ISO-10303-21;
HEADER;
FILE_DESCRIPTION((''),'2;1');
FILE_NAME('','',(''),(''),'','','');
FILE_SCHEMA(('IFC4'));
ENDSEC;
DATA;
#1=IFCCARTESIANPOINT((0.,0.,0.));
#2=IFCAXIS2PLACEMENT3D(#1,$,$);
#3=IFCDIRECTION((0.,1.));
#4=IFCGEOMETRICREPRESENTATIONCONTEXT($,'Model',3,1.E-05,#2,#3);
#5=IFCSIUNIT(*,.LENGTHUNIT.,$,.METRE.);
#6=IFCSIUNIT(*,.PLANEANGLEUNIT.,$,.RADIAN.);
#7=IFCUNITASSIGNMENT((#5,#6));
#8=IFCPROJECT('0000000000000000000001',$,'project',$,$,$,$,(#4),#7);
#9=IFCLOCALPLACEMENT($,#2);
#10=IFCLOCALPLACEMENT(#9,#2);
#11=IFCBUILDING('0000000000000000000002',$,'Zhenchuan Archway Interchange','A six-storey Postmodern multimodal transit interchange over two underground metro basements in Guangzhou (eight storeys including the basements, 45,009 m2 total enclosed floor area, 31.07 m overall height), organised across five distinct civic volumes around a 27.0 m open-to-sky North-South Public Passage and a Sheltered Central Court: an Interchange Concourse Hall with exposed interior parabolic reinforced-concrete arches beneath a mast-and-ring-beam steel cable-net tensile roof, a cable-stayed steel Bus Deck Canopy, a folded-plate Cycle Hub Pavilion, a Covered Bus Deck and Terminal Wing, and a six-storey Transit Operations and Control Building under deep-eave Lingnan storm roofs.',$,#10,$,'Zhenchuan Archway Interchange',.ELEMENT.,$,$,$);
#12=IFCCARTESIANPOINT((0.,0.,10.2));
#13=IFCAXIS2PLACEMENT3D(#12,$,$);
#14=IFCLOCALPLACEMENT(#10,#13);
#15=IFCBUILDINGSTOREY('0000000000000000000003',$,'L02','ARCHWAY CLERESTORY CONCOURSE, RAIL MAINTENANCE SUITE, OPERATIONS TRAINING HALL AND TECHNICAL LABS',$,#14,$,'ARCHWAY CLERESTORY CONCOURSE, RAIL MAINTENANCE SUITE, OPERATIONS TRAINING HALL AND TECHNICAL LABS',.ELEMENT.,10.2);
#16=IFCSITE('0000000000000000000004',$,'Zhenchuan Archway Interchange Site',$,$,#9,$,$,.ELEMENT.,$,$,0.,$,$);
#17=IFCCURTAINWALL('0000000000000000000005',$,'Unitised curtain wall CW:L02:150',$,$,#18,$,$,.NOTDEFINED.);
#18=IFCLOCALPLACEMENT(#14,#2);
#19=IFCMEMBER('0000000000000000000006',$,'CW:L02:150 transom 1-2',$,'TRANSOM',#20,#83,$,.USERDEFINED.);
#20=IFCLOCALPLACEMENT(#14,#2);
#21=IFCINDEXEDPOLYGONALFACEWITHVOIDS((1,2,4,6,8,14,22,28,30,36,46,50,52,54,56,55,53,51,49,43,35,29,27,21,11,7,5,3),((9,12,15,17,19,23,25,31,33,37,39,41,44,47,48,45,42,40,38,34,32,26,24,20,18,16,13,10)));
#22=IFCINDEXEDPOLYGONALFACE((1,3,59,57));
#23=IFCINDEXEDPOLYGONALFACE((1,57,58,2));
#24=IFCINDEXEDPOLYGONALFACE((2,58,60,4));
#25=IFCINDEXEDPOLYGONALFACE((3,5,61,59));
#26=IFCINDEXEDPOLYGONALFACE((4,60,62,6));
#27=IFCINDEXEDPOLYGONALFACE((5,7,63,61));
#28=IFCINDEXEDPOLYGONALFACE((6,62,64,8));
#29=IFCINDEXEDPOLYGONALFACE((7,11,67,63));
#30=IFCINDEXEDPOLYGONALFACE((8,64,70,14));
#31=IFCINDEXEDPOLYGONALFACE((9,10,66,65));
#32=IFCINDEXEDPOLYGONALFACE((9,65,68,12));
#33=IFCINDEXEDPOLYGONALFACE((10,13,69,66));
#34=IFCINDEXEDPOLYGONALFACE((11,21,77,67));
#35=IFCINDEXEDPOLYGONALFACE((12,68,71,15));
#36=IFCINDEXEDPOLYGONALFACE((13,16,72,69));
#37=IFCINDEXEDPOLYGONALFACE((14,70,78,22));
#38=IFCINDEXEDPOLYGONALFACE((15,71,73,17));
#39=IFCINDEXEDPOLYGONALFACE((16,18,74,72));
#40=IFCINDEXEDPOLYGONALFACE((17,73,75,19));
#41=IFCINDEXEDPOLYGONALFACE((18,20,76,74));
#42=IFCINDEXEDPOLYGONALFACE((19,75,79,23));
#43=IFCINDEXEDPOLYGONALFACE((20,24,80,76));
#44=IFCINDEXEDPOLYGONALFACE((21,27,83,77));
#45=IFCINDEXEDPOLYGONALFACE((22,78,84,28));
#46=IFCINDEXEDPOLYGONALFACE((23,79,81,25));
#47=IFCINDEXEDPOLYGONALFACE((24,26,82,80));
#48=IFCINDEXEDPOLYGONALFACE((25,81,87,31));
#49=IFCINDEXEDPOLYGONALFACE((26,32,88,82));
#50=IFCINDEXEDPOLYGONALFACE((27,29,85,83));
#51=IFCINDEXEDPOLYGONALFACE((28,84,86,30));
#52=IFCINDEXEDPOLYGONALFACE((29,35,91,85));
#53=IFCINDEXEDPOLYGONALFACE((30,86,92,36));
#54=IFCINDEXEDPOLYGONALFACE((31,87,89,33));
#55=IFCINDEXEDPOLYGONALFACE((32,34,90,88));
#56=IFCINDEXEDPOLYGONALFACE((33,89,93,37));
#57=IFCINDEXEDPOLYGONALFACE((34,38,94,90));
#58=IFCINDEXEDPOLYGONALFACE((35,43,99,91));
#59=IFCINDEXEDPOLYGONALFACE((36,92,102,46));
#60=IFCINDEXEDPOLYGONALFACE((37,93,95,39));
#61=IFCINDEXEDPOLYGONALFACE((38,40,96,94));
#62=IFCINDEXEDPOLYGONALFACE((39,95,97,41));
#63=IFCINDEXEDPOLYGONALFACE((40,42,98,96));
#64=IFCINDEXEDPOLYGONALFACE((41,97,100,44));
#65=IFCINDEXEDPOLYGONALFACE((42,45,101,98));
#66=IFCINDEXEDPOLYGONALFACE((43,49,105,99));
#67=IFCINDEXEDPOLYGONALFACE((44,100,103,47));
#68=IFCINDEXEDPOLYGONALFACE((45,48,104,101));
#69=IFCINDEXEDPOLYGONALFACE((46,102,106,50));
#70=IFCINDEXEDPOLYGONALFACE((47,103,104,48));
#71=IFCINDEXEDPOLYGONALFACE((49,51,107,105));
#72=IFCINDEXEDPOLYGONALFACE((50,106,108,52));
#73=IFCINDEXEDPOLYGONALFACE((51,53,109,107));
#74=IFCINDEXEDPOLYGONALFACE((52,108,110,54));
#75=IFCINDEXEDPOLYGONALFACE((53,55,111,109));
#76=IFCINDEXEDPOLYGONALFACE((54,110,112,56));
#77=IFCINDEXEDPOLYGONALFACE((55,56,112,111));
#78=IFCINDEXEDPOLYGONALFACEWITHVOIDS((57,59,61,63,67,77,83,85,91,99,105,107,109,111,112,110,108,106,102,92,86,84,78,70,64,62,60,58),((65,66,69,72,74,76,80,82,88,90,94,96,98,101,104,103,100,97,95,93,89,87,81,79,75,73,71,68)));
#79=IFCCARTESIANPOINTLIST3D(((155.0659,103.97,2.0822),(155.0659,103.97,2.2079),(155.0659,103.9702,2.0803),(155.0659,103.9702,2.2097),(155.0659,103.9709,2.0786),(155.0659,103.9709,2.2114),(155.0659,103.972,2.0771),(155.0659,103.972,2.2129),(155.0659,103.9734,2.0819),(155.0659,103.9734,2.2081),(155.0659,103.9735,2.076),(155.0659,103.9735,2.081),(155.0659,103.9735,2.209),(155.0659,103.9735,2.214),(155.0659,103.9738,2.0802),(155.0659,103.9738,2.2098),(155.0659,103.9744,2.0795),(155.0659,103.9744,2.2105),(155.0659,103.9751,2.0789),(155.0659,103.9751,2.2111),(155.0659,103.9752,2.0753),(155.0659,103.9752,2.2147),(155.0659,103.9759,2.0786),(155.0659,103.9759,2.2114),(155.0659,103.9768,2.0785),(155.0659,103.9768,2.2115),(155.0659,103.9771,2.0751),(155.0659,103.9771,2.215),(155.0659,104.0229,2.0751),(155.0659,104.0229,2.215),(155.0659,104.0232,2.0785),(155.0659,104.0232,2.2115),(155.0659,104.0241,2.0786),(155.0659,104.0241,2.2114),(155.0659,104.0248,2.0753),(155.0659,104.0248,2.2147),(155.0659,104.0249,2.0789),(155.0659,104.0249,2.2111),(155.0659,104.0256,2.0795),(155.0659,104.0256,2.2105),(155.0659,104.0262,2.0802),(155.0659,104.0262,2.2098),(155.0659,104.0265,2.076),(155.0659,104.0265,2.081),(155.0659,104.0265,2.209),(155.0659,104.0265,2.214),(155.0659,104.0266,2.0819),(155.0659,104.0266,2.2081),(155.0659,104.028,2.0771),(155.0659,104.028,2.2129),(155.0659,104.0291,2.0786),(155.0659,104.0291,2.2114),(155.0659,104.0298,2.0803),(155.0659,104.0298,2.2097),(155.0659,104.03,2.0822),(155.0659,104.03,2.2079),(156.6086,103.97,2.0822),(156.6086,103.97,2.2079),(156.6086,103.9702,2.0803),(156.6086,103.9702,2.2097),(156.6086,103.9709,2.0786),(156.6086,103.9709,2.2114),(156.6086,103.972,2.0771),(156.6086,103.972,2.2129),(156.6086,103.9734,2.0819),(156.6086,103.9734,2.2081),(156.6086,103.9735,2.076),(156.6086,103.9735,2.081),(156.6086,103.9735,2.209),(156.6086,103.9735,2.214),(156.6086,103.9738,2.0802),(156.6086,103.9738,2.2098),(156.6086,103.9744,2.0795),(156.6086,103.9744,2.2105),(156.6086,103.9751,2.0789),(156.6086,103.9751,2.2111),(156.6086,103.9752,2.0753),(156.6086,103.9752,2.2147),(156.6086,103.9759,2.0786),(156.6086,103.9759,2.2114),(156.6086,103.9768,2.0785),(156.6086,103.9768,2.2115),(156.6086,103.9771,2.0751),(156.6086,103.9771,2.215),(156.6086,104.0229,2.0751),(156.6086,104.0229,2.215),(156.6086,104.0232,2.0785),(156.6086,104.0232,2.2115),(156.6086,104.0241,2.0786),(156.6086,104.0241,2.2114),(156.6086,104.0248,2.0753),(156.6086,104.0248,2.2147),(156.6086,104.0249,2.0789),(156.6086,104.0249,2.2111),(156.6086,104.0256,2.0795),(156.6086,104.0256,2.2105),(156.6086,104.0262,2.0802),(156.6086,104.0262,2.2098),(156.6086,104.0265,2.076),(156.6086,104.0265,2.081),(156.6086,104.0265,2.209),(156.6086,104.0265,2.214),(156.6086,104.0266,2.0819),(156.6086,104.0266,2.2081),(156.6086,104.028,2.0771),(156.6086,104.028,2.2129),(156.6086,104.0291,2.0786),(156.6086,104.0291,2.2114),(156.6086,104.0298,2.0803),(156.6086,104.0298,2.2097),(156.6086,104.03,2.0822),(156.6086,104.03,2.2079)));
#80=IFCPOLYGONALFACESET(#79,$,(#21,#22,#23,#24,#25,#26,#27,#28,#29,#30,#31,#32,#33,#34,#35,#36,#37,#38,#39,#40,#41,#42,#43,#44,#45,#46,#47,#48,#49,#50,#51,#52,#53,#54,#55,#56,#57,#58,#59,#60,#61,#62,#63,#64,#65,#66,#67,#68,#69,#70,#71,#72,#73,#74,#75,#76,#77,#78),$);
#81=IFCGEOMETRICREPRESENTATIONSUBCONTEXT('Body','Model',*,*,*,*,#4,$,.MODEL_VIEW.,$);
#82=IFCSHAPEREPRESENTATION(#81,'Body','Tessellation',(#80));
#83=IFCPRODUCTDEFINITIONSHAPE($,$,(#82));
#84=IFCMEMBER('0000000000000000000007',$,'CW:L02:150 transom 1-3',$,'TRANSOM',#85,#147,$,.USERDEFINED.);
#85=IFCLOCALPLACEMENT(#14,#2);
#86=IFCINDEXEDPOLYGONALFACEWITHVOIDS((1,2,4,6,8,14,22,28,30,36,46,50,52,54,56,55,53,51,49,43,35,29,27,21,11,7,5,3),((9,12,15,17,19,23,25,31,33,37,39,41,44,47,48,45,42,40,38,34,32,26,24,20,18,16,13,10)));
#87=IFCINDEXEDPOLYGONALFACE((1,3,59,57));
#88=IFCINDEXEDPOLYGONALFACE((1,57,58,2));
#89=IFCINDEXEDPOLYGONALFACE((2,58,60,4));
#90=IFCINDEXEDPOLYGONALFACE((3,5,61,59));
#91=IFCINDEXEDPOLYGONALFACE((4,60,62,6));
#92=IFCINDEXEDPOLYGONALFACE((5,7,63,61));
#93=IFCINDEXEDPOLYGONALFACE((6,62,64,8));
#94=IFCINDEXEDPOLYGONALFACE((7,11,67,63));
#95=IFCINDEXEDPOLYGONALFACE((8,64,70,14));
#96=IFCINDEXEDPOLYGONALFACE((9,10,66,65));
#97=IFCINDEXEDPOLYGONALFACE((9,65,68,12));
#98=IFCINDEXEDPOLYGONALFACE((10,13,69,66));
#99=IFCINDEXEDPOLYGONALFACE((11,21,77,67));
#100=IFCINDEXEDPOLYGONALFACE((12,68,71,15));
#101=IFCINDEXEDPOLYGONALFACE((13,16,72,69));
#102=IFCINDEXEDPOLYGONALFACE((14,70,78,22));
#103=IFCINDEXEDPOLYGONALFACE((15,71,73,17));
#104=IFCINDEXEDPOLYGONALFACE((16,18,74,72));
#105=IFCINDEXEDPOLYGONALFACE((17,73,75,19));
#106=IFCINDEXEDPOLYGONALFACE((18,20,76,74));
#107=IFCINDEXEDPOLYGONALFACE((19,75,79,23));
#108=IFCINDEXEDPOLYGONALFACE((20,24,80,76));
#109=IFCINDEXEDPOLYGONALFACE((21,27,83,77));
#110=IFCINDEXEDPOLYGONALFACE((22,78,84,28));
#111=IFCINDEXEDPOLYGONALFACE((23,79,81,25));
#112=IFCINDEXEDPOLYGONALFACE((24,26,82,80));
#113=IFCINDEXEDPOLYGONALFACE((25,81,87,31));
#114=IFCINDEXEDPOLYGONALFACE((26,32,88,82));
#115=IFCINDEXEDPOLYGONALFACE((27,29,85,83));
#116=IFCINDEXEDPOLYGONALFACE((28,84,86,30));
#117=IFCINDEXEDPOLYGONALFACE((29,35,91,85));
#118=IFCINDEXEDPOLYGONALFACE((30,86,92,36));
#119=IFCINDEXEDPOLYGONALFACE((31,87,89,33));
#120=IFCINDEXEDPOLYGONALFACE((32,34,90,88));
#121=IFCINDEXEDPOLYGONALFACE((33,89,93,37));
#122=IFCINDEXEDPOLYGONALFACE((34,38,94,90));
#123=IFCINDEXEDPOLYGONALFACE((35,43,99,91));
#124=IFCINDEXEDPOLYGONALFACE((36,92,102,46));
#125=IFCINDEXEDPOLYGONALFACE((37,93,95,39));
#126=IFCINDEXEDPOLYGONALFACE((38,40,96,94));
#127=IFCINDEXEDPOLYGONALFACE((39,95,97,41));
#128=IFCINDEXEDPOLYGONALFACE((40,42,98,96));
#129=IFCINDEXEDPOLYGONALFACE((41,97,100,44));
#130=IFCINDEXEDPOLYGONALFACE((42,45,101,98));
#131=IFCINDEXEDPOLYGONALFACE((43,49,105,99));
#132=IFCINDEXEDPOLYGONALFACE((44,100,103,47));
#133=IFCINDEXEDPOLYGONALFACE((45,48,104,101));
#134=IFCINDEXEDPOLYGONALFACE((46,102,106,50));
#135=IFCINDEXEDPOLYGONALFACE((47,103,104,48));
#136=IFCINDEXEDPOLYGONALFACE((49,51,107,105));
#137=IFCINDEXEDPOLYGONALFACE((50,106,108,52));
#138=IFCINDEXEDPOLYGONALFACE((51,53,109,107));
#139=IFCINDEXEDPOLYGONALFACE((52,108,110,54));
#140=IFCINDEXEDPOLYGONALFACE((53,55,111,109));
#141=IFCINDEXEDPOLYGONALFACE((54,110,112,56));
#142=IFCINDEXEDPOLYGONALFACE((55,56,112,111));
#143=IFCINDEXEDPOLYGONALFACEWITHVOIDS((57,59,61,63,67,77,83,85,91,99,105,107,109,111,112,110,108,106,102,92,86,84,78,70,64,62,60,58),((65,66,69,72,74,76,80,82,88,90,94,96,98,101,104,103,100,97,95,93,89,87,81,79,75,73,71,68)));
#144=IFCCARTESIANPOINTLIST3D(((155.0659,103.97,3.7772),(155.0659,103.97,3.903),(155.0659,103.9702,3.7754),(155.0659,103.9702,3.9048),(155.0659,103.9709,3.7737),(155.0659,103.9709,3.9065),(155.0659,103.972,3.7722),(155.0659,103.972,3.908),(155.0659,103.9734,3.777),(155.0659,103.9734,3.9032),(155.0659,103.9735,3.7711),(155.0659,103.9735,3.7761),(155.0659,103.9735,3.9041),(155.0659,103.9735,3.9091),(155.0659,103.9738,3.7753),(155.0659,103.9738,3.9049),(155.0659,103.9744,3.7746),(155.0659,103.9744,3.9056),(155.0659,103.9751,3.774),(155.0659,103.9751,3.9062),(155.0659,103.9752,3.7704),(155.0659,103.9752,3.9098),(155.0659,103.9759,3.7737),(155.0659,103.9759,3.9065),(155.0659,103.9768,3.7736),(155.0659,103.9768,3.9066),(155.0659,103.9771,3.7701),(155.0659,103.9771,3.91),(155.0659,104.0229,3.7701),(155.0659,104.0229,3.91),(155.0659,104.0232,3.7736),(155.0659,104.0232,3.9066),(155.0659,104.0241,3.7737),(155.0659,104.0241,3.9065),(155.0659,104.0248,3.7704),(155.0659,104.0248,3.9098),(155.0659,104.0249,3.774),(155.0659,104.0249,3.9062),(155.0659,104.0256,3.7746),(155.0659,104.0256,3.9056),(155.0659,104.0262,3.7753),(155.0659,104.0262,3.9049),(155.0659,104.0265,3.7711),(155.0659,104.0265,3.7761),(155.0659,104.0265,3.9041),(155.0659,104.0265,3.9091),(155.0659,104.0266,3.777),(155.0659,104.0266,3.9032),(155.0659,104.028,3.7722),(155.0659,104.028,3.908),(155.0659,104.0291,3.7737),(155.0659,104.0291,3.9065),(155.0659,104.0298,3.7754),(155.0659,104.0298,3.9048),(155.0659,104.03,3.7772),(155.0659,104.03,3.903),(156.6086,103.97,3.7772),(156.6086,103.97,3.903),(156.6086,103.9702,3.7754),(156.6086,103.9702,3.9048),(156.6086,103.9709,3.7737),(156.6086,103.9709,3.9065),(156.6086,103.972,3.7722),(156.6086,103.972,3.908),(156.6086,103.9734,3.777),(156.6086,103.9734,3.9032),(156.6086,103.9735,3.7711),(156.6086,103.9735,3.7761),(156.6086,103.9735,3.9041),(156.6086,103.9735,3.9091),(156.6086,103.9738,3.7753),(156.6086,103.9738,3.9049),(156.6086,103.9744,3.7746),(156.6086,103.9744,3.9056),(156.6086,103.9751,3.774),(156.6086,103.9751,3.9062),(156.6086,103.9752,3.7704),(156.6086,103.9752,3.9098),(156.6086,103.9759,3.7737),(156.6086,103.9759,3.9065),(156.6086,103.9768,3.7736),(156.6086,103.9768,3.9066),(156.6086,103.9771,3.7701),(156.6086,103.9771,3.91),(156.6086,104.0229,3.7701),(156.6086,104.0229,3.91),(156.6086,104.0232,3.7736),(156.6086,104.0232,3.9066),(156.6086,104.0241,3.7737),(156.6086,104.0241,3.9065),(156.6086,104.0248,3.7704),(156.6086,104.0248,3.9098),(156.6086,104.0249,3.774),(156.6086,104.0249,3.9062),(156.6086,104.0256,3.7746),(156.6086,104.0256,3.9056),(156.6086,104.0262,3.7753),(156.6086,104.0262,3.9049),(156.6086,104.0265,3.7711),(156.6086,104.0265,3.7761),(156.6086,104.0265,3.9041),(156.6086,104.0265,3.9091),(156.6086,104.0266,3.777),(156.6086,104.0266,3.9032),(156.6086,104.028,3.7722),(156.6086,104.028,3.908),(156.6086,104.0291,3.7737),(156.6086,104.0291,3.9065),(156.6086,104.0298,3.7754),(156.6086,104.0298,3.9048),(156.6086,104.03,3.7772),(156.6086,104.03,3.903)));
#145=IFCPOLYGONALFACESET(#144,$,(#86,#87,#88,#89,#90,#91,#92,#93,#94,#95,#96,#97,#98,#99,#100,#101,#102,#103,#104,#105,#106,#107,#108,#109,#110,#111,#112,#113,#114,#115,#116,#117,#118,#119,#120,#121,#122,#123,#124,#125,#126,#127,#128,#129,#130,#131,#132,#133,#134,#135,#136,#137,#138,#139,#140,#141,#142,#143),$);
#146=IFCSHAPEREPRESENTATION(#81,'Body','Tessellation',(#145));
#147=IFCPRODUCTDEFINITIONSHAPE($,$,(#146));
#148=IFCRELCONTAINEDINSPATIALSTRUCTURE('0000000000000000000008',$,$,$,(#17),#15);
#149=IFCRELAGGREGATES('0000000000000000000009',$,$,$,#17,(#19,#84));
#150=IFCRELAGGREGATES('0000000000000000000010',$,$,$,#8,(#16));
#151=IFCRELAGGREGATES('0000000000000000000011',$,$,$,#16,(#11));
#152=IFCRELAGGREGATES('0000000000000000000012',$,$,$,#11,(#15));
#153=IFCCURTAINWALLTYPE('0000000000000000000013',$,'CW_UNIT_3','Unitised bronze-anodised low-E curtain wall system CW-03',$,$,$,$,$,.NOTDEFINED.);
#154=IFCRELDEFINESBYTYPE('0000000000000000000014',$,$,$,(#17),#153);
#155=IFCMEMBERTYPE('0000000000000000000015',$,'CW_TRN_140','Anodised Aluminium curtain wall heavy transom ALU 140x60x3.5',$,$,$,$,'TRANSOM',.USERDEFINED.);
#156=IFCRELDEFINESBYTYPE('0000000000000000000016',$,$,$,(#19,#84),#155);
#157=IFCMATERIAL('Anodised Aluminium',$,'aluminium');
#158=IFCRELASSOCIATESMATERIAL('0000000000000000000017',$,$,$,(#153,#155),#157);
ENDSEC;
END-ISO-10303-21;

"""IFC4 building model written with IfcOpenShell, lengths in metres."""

from ifc_helpers import new_model, si_unit, direction, frame, origin, origin_2d, place, context, subcontext, project, spatial, hollow_rectangle, extrude, material, material_profile, profile_set, type_object, element, aggregate, save


model = new_model("IFC4")

# Units and contexts
model_context = context("Model", 3, precision=1e-05, world=origin(), true_north=direction((0.0, 1.0)))
body_context = subcontext(model_context, "Body", "Model", "MODEL_VIEW")
ifc_project = project(units=[si_unit("LENGTHUNIT", "METRE"), si_unit("PLANEANGLEUNIT", "RADIAN")], contexts=[model_context])

# Site, building, storey
site_placement = place(None, origin())
site = spatial("IfcSite", under=ifc_project, at=site_placement, Name="Zhenchuan Archway Interchange Site", CompositionType="ELEMENT", RefElevation=0.0)
building_placement = place(site_placement, origin())
building = spatial("IfcBuilding", under=site, at=building_placement, Name="Zhenchuan Archway Interchange", Description="A six-storey Postmodern multimodal transit interchange over two underground metro basements in Guangzhou (eight storeys including the basements, 45,009 m2 total enclosed floor area, 31.07 m overall height), organised across five distinct civic volumes around a 27.0 m open-to-sky North-South Public Passage and a Sheltered Central Court: an Interchange Concourse Hall with exposed interior parabolic reinforced-concrete arches beneath a mast-and-ring-beam steel cable-net tensile roof, a cable-stayed steel Bus Deck Canopy, a folded-plate Cycle Hub Pavilion, a Covered Bus Deck and Terminal Wing, and a six-storey Transit Operations and Control Building under deep-eave Lingnan storm roofs.", LongName="Zhenchuan Archway Interchange", CompositionType="ELEMENT")
storey_placement = place(building_placement, frame((0.0, 0.0, 10.2)))
storey = spatial("IfcBuildingStorey", under=building, at=storey_placement, Name="L02", Description="ARCHWAY CLERESTORY CONCOURSE, RAIL MAINTENANCE SUITE, OPERATIONS TRAINING HALL AND TECHNICAL LABS", LongName="ARCHWAY CLERESTORY CONCOURSE, RAIL MAINTENANCE SUITE, OPERATIONS TRAINING HALL AND TECHNICAL LABS", CompositionType="ELEMENT", Elevation=10.2)

# Curtain wall, members
ifc_material_1 = material(Name="Anodised Aluminium", Category="aluminium")
curtain_wall_type = type_object("IfcCurtainWallType", Name="CW_UNIT_3", Description="Unitised bronze-anodised low-E curtain wall system CW-03", PredefinedType="NOTDEFINED", material=ifc_material_1)
curtain_wall_placement = place(storey_placement, origin())
curtain_wall = element("IfcCurtainWall", 1, at=curtain_wall_placement, inside=storey, type_object=curtain_wall_type, Name="Unitised curtain wall CW:L02:150", PredefinedType="NOTDEFINED")
ifc_material_profile_1 = material_profile(ifc_material_1, hollow_rectangle(XDim=0.0601, YDim=0.1399, WallThickness=0.0034, InnerFilletRadius=0.0034, OuterFilletRadius=0.0071, at=origin_2d()), Name="ALU 140x60x3.5")
ifc_profile_set_1 = profile_set([ifc_material_profile_1], Name="Anodised Aluminium")
member_type_1 = type_object("IfcMemberType", Name="CW_TRN_140", Description="Anodised Aluminium curtain wall heavy transom ALU 140x60x3.5", ElementType="TRANSOM", PredefinedType="USERDEFINED", material=ifc_profile_set_1)
member_1_placement = place(storey_placement, frame((155.0659, 104.0, 2.145), z_axis=(1.0, 0.0, 0.0), x_axis=(0.0, 1.0, 0.0)))
member_1 = element("IfcMember", 2, at=member_1_placement, type_object=member_type_1, Name="CW:L02:150 transom 1-2", ObjectType="TRANSOM", PredefinedType="USERDEFINED", context=body_context, shape_type="SweptSolid", body=[
    extrude(hollow_rectangle(XDim=0.0601, YDim=0.1399, WallThickness=0.0034, InnerFilletRadius=0.0034, OuterFilletRadius=0.0071, at=origin_2d()), origin(), (0.0, 0.0, 1.0), 1.5427),
])
member_2_placement = place(storey_placement, frame((155.0659, 104.0, 3.8401), z_axis=(1.0, 0.0, 0.0), x_axis=(0.0, 1.0, 0.0)))
member_2 = element("IfcMember", 3, at=member_2_placement, type_object=member_type_1, Name="CW:L02:150 transom 1-3", ObjectType="TRANSOM", PredefinedType="USERDEFINED", context=body_context, shape_type="SweptSolid", body=[
    extrude(hollow_rectangle(XDim=0.0601, YDim=0.1399, WallThickness=0.0034, InnerFilletRadius=0.0034, OuterFilletRadius=0.0071, at=origin_2d()), origin(), (0.0, 0.0, 1.0), 1.5427),
])

aggregate(curtain_wall, [member_1, member_2])

save(model, "model.ifc")
